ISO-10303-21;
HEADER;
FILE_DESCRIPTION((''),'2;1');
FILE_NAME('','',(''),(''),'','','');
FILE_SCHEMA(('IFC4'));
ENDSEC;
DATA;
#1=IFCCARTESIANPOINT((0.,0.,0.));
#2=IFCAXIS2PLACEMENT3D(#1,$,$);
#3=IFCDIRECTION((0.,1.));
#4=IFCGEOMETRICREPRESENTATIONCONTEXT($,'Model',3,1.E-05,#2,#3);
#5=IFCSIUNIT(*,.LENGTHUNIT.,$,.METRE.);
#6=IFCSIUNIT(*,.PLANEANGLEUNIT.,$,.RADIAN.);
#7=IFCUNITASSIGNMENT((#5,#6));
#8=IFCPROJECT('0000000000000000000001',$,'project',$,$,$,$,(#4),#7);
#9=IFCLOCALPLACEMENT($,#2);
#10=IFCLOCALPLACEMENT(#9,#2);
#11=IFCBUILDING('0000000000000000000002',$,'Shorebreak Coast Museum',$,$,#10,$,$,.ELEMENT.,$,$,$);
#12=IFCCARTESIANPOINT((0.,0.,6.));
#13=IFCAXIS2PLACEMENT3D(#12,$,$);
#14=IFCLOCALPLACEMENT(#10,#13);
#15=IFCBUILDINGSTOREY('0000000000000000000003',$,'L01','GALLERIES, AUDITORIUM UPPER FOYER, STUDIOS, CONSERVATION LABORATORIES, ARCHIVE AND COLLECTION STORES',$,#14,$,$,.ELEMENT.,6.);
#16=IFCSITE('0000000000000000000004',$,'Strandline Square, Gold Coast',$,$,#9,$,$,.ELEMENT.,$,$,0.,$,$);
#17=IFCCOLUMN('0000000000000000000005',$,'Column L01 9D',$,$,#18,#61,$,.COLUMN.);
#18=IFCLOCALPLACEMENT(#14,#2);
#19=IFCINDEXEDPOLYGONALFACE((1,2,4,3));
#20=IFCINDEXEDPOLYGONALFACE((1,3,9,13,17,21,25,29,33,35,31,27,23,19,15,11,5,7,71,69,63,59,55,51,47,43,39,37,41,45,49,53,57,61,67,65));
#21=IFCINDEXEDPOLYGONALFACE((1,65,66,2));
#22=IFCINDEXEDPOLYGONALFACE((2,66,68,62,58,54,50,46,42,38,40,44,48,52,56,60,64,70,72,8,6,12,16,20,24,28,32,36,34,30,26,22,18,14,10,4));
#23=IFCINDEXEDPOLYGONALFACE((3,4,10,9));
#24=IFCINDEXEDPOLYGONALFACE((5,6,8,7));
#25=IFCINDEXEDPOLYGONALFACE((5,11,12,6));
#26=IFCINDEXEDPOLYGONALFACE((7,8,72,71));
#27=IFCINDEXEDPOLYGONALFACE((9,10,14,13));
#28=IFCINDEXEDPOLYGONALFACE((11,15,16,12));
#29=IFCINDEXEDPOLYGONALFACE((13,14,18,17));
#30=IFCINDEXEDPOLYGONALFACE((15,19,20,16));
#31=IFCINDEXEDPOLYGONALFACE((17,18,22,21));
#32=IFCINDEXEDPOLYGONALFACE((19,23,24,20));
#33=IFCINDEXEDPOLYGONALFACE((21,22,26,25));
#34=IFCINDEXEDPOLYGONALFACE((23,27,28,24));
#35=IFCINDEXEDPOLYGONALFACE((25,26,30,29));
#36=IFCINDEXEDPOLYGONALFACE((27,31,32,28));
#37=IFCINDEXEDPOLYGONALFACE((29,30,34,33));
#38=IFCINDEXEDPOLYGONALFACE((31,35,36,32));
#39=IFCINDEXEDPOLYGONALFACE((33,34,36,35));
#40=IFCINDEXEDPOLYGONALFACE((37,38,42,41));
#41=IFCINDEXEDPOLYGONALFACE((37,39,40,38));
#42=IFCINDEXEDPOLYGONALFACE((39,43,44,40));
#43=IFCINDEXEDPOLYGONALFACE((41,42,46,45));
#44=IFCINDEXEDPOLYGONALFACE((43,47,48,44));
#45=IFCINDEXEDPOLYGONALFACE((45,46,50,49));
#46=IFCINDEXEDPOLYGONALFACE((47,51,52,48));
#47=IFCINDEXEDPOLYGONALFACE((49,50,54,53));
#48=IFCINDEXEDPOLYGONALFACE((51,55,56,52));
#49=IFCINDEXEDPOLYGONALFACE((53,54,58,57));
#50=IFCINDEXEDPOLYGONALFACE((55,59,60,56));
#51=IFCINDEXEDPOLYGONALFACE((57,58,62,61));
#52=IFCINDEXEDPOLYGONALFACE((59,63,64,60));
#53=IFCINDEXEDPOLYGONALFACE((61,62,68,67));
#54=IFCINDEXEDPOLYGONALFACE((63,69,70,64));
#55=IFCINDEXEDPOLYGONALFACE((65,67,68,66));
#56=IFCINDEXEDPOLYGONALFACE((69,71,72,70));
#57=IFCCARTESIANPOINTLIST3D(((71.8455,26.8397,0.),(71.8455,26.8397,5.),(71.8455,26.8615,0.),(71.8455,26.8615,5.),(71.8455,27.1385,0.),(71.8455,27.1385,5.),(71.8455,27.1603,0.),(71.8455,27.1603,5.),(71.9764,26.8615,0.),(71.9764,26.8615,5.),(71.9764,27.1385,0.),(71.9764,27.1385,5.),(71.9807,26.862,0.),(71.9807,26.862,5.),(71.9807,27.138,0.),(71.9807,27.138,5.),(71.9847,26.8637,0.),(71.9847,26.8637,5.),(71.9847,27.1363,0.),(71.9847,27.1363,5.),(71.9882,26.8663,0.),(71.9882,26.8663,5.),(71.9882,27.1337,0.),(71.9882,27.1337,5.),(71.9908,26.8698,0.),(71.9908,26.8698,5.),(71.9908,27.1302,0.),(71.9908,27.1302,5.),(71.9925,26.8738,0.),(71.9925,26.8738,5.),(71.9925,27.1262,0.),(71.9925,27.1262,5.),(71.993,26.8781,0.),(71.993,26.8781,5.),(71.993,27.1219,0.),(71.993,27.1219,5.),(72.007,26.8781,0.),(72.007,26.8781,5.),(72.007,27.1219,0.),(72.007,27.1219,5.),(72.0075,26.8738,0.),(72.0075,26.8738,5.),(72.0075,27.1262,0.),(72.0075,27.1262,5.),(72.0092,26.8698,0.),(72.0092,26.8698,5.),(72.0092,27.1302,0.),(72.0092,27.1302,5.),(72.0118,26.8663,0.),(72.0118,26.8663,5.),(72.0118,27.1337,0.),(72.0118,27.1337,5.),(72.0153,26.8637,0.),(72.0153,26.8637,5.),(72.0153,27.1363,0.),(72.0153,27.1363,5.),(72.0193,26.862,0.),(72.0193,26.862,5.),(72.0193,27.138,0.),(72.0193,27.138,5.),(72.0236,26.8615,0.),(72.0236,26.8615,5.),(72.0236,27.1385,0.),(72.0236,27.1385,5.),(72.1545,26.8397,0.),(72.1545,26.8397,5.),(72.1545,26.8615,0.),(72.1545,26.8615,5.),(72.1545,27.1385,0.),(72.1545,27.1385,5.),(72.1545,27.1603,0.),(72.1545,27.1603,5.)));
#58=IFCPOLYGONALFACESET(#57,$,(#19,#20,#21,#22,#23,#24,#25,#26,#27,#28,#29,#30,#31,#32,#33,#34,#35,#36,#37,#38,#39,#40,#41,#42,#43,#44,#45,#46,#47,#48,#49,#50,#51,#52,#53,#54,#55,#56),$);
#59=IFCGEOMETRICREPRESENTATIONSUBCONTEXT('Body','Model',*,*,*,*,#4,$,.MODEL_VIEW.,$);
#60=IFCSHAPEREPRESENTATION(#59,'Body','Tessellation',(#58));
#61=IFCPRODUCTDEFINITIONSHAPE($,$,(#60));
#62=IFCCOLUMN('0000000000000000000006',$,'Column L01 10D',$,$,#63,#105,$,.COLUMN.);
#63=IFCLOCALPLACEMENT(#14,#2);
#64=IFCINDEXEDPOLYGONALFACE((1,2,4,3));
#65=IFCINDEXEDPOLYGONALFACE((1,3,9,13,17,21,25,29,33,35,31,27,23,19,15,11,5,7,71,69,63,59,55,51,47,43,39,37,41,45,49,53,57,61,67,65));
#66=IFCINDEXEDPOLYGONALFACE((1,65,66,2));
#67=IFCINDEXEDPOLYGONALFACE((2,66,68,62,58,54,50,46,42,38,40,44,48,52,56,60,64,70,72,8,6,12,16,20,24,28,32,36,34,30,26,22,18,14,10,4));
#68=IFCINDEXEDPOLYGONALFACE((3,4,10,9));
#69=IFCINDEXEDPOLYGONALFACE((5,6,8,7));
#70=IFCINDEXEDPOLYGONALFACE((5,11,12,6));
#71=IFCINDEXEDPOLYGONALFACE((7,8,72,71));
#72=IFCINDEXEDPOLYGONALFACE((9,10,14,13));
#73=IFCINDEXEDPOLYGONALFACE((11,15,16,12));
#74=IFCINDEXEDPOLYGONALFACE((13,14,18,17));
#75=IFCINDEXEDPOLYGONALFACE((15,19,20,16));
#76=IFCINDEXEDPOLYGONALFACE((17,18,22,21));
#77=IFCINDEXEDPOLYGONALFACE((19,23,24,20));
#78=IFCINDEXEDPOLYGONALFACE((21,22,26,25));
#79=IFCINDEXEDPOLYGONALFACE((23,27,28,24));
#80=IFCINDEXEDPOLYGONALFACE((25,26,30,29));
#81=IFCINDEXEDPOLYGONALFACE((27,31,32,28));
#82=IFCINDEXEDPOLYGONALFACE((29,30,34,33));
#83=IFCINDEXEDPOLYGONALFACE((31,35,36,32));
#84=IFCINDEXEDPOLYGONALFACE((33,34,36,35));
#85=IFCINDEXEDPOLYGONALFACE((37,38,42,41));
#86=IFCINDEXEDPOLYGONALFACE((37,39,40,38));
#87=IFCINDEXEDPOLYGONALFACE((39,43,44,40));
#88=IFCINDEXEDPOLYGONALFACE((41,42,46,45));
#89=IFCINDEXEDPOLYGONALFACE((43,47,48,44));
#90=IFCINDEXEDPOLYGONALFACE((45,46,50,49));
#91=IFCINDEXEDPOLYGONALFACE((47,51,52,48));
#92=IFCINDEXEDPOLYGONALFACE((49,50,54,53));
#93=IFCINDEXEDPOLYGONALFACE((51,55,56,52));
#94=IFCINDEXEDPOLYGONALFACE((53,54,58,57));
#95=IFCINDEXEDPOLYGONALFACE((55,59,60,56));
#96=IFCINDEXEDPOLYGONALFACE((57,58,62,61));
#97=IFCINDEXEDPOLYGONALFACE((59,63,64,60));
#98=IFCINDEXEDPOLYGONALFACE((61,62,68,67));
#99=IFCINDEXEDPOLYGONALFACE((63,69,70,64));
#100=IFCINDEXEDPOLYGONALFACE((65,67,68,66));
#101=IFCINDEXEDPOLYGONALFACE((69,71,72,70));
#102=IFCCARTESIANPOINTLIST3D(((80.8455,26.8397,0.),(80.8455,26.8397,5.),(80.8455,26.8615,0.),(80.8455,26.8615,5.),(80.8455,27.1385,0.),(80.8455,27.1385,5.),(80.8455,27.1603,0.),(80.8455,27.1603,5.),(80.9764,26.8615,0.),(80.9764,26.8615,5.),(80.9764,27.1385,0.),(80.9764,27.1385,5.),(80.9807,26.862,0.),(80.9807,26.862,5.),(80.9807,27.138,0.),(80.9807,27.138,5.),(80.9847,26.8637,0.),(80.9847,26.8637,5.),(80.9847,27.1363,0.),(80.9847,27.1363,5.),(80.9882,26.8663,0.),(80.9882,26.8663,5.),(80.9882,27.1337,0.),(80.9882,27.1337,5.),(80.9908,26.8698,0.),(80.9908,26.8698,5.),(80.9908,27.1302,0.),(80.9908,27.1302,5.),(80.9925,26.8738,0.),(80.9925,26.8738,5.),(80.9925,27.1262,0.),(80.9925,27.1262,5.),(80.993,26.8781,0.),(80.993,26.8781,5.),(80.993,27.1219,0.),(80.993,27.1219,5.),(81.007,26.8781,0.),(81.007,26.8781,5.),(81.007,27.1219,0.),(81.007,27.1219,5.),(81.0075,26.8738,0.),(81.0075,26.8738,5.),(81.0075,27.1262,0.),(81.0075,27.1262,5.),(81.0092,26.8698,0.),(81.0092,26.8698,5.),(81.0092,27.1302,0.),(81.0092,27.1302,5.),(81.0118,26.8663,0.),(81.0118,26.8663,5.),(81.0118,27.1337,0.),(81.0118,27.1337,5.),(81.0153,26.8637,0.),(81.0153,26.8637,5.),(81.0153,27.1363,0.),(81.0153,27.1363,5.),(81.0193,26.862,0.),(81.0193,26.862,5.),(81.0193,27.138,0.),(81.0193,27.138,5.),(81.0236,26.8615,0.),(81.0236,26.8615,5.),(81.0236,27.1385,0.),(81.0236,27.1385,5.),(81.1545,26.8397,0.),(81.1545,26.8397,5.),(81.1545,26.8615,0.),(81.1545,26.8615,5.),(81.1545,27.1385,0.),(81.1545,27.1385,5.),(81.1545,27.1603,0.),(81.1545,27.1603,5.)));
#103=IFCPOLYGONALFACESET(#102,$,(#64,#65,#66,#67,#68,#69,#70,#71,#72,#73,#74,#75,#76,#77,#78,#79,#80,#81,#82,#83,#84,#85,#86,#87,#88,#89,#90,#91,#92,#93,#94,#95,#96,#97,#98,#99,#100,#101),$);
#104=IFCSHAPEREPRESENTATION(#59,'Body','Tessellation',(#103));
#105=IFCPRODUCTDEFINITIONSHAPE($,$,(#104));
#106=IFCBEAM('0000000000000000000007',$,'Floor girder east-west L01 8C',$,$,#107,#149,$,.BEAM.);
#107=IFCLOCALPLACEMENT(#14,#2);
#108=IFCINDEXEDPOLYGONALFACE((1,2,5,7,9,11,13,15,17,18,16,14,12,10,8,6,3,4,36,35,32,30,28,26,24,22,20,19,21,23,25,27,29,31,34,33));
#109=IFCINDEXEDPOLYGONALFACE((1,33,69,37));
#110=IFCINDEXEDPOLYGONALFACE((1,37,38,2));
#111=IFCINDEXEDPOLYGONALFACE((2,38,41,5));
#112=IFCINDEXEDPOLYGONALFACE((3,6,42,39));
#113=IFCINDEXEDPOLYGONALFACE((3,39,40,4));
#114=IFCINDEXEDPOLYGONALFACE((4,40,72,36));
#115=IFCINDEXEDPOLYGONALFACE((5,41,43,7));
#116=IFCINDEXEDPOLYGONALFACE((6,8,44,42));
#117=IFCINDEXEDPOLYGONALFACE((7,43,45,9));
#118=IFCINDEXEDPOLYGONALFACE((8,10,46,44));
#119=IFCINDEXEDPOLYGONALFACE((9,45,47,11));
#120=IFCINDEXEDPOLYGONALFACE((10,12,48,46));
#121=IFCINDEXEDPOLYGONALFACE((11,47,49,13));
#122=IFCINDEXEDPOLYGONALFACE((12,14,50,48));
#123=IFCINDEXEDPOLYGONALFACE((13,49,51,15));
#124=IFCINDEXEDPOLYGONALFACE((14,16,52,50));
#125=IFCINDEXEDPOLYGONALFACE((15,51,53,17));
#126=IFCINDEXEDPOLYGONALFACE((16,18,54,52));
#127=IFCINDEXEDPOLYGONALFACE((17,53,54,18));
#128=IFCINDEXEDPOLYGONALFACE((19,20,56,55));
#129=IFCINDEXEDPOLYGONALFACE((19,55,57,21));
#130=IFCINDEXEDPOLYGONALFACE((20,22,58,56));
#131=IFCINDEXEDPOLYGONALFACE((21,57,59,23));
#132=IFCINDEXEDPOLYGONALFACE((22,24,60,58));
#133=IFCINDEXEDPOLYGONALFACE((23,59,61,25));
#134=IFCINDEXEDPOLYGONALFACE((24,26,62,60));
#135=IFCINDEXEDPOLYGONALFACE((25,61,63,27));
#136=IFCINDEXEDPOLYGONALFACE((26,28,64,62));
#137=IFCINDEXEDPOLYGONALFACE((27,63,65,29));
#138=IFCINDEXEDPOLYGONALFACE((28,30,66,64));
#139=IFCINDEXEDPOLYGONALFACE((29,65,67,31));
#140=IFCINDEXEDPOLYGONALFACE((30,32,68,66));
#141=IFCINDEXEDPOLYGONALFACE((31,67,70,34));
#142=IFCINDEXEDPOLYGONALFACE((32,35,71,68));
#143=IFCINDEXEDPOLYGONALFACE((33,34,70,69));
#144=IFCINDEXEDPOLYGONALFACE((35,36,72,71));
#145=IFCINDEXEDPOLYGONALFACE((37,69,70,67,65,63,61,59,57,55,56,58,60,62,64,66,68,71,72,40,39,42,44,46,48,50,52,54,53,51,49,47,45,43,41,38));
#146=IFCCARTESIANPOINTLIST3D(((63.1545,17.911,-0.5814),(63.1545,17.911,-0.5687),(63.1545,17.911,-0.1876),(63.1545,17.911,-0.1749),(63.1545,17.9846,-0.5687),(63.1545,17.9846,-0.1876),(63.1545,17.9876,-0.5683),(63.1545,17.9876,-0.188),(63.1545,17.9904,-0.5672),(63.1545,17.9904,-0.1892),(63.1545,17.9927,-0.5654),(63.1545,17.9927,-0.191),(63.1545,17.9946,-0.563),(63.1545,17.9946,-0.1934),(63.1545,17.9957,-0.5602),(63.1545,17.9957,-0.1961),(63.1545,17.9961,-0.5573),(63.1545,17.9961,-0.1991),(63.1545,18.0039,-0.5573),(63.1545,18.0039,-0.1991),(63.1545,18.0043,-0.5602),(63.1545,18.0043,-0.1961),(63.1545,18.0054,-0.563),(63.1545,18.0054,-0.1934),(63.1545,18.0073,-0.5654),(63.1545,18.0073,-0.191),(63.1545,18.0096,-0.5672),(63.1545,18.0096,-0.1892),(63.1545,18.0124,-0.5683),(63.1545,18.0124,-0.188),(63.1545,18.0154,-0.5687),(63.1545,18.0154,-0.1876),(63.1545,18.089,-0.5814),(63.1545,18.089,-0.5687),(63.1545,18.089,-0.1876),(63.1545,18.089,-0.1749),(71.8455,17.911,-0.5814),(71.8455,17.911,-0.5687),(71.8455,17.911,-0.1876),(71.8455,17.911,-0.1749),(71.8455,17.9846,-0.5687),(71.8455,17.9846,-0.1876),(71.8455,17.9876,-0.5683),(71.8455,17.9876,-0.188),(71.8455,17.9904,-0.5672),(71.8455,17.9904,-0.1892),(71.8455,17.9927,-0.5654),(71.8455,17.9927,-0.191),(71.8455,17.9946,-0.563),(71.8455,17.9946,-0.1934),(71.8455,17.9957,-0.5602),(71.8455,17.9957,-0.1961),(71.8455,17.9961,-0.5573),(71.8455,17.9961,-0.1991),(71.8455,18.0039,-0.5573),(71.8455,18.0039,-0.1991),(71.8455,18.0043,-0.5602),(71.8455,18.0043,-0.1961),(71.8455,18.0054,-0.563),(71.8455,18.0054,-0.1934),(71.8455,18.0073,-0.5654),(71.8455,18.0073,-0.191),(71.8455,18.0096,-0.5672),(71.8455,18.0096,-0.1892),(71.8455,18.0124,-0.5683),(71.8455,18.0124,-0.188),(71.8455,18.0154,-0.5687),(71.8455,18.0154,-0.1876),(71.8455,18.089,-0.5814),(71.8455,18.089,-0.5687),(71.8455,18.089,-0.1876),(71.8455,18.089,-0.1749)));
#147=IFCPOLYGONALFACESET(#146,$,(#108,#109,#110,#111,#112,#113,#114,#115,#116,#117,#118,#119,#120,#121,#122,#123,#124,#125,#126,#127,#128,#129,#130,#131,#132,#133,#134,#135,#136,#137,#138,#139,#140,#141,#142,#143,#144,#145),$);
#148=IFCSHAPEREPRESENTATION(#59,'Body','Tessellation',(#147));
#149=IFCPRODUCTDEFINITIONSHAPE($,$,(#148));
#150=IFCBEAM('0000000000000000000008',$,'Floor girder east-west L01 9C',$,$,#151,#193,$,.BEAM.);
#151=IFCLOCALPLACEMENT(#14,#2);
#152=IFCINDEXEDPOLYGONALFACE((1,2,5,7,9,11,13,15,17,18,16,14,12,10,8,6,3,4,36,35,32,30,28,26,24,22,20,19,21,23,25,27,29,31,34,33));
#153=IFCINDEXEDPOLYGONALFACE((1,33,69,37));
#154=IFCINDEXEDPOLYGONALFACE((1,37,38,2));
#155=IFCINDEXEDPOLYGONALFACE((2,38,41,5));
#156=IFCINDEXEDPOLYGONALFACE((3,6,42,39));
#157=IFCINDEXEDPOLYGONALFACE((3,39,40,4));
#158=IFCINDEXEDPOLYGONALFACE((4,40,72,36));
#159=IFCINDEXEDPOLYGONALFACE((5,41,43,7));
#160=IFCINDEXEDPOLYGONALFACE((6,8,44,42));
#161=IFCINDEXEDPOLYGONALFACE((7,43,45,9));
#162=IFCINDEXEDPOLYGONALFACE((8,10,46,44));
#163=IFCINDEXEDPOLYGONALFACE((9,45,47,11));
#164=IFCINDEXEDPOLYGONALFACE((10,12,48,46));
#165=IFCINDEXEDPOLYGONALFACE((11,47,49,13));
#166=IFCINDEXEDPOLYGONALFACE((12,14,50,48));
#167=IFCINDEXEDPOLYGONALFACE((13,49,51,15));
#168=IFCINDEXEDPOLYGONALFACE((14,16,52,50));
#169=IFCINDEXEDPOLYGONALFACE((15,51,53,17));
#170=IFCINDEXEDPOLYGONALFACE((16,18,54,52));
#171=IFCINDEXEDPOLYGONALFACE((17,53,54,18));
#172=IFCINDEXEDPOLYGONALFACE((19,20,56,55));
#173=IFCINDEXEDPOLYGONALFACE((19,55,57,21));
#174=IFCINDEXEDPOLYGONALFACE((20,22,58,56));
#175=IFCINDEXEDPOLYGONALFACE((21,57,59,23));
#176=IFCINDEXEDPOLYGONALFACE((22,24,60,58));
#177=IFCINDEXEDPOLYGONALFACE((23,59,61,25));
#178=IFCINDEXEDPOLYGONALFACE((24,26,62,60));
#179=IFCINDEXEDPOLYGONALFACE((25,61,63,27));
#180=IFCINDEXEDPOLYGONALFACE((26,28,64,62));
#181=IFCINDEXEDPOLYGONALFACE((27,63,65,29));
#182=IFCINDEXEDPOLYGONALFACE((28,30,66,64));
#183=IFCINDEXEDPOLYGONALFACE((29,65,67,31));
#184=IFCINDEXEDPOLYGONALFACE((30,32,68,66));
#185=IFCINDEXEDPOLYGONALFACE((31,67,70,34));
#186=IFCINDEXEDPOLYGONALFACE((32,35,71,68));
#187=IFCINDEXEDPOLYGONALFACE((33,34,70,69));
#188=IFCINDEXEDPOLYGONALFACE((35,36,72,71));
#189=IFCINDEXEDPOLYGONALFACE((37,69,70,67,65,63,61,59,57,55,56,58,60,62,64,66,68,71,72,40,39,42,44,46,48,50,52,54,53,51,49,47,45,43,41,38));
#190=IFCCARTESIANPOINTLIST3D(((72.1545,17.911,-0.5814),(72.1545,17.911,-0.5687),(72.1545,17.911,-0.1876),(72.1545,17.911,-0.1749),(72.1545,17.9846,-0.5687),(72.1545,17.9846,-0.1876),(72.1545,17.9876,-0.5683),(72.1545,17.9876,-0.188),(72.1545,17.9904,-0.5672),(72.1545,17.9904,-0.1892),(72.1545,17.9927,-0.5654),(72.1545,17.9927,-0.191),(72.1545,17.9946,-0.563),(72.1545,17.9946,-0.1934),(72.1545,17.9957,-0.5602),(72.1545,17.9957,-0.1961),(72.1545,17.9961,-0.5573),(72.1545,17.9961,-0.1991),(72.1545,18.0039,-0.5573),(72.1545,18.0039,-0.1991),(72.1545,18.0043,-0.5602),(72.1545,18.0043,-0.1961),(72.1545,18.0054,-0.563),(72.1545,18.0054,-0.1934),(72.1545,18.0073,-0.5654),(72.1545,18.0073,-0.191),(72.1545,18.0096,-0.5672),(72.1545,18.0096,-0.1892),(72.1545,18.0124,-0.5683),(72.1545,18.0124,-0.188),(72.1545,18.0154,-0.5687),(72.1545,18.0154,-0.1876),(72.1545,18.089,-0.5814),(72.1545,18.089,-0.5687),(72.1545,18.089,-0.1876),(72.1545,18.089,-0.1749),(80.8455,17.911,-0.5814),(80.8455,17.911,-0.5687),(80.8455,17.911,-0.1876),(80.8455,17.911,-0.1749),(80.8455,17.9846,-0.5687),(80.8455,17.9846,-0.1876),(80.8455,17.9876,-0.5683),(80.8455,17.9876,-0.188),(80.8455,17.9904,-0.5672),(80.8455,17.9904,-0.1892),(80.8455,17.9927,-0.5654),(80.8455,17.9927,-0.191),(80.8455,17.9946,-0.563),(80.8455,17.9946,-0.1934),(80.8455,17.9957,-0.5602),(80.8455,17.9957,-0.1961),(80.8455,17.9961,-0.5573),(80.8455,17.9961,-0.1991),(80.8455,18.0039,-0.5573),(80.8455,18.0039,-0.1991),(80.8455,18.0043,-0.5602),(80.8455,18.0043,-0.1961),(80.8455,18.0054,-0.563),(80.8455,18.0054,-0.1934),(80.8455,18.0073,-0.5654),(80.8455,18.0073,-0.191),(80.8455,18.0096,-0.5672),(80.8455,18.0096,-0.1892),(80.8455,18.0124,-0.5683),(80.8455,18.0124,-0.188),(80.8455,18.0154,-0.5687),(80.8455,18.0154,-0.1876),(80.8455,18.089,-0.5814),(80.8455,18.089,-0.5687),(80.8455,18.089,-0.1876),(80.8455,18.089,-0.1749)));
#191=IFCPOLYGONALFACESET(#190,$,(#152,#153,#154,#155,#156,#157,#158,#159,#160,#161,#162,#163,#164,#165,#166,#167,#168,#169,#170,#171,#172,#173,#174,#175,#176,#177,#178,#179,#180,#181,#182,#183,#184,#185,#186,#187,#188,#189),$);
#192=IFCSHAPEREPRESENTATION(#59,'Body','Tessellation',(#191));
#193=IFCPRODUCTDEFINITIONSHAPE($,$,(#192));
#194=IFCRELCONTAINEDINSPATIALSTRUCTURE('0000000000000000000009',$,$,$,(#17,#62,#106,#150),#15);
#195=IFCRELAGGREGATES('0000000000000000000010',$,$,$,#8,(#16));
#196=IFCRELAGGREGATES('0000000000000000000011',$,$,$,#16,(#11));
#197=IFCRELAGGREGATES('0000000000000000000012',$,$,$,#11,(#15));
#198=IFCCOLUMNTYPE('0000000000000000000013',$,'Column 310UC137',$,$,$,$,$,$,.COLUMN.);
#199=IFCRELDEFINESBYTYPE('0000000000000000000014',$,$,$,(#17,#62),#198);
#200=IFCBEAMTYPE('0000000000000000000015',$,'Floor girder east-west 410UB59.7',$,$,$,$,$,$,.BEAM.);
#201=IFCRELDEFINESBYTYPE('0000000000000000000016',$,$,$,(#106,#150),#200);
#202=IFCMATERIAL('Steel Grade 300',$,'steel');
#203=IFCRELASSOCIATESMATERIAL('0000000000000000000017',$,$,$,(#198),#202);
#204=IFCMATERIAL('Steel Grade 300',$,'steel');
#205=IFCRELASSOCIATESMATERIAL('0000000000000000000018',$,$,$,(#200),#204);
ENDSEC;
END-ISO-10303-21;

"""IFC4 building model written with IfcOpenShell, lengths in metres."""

from ifc_helpers import new_model, si_unit, direction, frame, origin, origin_2d, place, context, subcontext, project, spatial, i_section, extrude, material, material_profile, profile_set, type_object, element, save


model = new_model("IFC4")

# Units and contexts
model_context = context("Model", 3, precision=1e-05, world=origin(), true_north=direction((0.0, 1.0)))
body_context = subcontext(model_context, "Body", "Model", "MODEL_VIEW")
ifc_project = project(units=[si_unit("LENGTHUNIT", "METRE"), si_unit("PLANEANGLEUNIT", "RADIAN")], contexts=[model_context])

# Site, building, storey
site_placement = place(None, origin())
site = spatial("IfcSite", under=ifc_project, at=site_placement, Name="Strandline Square, Gold Coast", CompositionType="ELEMENT", RefElevation=0.0)
building_placement = place(site_placement, origin())
building = spatial("IfcBuilding", under=site, at=building_placement, Name="Shorebreak Coast Museum", CompositionType="ELEMENT")
storey_placement = place(building_placement, frame((0.0, 0.0, 6.0)))
storey = spatial("IfcBuildingStorey", under=building, at=storey_placement, Name="L01", Description="GALLERIES, AUDITORIUM UPPER FOYER, STUDIOS, CONSERVATION LABORATORIES, ARCHIVE AND COLLECTION STORES", CompositionType="ELEMENT", Elevation=6.0)

# Columns
ifc_material_1 = material(Name="Steel Grade 300", Category="steel")
ifc_material_profile_1 = material_profile(ifc_material_1, i_section(OverallWidth=0.3091, OverallDepth=0.3206, WebThickness=0.0139, FlangeThickness=0.0217, FilletRadius=0.0166, at=origin_2d()), Name="310UC137")
ifc_profile_set_1 = profile_set([ifc_material_profile_1], Name="Steel Grade 300")
column_type = type_object("IfcColumnType", Name="Column 310UC137", PredefinedType="COLUMN", material=ifc_profile_set_1)
for number, where, z_axis, x_axis, name in (
    (1, (72.0, 27.0, 0.0), (0.0, 0.0, 1.0), (1.0, 0.0, 0.0), "Column L01 9D"),
    (2, (81.0, 27.0, 0.0), (0.0, 0.0, 1.0), (1.0, 0.0, 0.0), "Column L01 10D"),
):
    element("IfcColumn", number, at=place(storey_placement, frame(where, z_axis=z_axis, x_axis=x_axis)), inside=storey, type_object=column_type, Name=name, PredefinedType="COLUMN", context=body_context, shape_type="SweptSolid", body=[
        extrude(i_section(OverallWidth=0.3091, OverallDepth=0.3206, WebThickness=0.0139, FlangeThickness=0.0217, FilletRadius=0.0166, at=origin_2d()), origin(), (0.0, 0.0, 1.0), 5.0),
    ])

# Beams
ifc_material_2 = material(Name="Steel Grade 300", Category="steel")
ifc_material_profile_2 = material_profile(ifc_material_2, i_section(OverallWidth=0.178, OverallDepth=0.4065, WebThickness=0.0078, FlangeThickness=0.0127, FilletRadius=0.0115, at=origin_2d()), Name="410UB59.7")
ifc_profile_set_2 = profile_set([ifc_material_profile_2], Name="Steel Grade 300")
beam_type_1 = type_object("IfcBeamType", Name="Floor girder east-west 410UB59.7", PredefinedType="BEAM", material=ifc_profile_set_2)
for number, where, z_axis, x_axis, name in (
    (3, (63.1545, 18.0, -0.3782), (1.0, 0.0, 0.0), (0.0, 1.0, 0.0), "Floor girder east-west L01 8C"),
    (4, (72.1545, 18.0, -0.3782), (1.0, 0.0, 0.0), (0.0, 1.0, 0.0), "Floor girder east-west L01 9C"),
):
    element("IfcBeam", number, at=place(storey_placement, frame(where, z_axis=z_axis, x_axis=x_axis)), inside=storey, type_object=beam_type_1, Name=name, PredefinedType="BEAM", context=body_context, shape_type="SweptSolid", body=[
        extrude(i_section(OverallWidth=0.178, OverallDepth=0.4065, WebThickness=0.0078, FlangeThickness=0.0127, FilletRadius=0.0115, at=origin_2d()), origin(), (0.0, 0.0, 1.0), 8.6909),
    ])

save(model, "model.ifc")
